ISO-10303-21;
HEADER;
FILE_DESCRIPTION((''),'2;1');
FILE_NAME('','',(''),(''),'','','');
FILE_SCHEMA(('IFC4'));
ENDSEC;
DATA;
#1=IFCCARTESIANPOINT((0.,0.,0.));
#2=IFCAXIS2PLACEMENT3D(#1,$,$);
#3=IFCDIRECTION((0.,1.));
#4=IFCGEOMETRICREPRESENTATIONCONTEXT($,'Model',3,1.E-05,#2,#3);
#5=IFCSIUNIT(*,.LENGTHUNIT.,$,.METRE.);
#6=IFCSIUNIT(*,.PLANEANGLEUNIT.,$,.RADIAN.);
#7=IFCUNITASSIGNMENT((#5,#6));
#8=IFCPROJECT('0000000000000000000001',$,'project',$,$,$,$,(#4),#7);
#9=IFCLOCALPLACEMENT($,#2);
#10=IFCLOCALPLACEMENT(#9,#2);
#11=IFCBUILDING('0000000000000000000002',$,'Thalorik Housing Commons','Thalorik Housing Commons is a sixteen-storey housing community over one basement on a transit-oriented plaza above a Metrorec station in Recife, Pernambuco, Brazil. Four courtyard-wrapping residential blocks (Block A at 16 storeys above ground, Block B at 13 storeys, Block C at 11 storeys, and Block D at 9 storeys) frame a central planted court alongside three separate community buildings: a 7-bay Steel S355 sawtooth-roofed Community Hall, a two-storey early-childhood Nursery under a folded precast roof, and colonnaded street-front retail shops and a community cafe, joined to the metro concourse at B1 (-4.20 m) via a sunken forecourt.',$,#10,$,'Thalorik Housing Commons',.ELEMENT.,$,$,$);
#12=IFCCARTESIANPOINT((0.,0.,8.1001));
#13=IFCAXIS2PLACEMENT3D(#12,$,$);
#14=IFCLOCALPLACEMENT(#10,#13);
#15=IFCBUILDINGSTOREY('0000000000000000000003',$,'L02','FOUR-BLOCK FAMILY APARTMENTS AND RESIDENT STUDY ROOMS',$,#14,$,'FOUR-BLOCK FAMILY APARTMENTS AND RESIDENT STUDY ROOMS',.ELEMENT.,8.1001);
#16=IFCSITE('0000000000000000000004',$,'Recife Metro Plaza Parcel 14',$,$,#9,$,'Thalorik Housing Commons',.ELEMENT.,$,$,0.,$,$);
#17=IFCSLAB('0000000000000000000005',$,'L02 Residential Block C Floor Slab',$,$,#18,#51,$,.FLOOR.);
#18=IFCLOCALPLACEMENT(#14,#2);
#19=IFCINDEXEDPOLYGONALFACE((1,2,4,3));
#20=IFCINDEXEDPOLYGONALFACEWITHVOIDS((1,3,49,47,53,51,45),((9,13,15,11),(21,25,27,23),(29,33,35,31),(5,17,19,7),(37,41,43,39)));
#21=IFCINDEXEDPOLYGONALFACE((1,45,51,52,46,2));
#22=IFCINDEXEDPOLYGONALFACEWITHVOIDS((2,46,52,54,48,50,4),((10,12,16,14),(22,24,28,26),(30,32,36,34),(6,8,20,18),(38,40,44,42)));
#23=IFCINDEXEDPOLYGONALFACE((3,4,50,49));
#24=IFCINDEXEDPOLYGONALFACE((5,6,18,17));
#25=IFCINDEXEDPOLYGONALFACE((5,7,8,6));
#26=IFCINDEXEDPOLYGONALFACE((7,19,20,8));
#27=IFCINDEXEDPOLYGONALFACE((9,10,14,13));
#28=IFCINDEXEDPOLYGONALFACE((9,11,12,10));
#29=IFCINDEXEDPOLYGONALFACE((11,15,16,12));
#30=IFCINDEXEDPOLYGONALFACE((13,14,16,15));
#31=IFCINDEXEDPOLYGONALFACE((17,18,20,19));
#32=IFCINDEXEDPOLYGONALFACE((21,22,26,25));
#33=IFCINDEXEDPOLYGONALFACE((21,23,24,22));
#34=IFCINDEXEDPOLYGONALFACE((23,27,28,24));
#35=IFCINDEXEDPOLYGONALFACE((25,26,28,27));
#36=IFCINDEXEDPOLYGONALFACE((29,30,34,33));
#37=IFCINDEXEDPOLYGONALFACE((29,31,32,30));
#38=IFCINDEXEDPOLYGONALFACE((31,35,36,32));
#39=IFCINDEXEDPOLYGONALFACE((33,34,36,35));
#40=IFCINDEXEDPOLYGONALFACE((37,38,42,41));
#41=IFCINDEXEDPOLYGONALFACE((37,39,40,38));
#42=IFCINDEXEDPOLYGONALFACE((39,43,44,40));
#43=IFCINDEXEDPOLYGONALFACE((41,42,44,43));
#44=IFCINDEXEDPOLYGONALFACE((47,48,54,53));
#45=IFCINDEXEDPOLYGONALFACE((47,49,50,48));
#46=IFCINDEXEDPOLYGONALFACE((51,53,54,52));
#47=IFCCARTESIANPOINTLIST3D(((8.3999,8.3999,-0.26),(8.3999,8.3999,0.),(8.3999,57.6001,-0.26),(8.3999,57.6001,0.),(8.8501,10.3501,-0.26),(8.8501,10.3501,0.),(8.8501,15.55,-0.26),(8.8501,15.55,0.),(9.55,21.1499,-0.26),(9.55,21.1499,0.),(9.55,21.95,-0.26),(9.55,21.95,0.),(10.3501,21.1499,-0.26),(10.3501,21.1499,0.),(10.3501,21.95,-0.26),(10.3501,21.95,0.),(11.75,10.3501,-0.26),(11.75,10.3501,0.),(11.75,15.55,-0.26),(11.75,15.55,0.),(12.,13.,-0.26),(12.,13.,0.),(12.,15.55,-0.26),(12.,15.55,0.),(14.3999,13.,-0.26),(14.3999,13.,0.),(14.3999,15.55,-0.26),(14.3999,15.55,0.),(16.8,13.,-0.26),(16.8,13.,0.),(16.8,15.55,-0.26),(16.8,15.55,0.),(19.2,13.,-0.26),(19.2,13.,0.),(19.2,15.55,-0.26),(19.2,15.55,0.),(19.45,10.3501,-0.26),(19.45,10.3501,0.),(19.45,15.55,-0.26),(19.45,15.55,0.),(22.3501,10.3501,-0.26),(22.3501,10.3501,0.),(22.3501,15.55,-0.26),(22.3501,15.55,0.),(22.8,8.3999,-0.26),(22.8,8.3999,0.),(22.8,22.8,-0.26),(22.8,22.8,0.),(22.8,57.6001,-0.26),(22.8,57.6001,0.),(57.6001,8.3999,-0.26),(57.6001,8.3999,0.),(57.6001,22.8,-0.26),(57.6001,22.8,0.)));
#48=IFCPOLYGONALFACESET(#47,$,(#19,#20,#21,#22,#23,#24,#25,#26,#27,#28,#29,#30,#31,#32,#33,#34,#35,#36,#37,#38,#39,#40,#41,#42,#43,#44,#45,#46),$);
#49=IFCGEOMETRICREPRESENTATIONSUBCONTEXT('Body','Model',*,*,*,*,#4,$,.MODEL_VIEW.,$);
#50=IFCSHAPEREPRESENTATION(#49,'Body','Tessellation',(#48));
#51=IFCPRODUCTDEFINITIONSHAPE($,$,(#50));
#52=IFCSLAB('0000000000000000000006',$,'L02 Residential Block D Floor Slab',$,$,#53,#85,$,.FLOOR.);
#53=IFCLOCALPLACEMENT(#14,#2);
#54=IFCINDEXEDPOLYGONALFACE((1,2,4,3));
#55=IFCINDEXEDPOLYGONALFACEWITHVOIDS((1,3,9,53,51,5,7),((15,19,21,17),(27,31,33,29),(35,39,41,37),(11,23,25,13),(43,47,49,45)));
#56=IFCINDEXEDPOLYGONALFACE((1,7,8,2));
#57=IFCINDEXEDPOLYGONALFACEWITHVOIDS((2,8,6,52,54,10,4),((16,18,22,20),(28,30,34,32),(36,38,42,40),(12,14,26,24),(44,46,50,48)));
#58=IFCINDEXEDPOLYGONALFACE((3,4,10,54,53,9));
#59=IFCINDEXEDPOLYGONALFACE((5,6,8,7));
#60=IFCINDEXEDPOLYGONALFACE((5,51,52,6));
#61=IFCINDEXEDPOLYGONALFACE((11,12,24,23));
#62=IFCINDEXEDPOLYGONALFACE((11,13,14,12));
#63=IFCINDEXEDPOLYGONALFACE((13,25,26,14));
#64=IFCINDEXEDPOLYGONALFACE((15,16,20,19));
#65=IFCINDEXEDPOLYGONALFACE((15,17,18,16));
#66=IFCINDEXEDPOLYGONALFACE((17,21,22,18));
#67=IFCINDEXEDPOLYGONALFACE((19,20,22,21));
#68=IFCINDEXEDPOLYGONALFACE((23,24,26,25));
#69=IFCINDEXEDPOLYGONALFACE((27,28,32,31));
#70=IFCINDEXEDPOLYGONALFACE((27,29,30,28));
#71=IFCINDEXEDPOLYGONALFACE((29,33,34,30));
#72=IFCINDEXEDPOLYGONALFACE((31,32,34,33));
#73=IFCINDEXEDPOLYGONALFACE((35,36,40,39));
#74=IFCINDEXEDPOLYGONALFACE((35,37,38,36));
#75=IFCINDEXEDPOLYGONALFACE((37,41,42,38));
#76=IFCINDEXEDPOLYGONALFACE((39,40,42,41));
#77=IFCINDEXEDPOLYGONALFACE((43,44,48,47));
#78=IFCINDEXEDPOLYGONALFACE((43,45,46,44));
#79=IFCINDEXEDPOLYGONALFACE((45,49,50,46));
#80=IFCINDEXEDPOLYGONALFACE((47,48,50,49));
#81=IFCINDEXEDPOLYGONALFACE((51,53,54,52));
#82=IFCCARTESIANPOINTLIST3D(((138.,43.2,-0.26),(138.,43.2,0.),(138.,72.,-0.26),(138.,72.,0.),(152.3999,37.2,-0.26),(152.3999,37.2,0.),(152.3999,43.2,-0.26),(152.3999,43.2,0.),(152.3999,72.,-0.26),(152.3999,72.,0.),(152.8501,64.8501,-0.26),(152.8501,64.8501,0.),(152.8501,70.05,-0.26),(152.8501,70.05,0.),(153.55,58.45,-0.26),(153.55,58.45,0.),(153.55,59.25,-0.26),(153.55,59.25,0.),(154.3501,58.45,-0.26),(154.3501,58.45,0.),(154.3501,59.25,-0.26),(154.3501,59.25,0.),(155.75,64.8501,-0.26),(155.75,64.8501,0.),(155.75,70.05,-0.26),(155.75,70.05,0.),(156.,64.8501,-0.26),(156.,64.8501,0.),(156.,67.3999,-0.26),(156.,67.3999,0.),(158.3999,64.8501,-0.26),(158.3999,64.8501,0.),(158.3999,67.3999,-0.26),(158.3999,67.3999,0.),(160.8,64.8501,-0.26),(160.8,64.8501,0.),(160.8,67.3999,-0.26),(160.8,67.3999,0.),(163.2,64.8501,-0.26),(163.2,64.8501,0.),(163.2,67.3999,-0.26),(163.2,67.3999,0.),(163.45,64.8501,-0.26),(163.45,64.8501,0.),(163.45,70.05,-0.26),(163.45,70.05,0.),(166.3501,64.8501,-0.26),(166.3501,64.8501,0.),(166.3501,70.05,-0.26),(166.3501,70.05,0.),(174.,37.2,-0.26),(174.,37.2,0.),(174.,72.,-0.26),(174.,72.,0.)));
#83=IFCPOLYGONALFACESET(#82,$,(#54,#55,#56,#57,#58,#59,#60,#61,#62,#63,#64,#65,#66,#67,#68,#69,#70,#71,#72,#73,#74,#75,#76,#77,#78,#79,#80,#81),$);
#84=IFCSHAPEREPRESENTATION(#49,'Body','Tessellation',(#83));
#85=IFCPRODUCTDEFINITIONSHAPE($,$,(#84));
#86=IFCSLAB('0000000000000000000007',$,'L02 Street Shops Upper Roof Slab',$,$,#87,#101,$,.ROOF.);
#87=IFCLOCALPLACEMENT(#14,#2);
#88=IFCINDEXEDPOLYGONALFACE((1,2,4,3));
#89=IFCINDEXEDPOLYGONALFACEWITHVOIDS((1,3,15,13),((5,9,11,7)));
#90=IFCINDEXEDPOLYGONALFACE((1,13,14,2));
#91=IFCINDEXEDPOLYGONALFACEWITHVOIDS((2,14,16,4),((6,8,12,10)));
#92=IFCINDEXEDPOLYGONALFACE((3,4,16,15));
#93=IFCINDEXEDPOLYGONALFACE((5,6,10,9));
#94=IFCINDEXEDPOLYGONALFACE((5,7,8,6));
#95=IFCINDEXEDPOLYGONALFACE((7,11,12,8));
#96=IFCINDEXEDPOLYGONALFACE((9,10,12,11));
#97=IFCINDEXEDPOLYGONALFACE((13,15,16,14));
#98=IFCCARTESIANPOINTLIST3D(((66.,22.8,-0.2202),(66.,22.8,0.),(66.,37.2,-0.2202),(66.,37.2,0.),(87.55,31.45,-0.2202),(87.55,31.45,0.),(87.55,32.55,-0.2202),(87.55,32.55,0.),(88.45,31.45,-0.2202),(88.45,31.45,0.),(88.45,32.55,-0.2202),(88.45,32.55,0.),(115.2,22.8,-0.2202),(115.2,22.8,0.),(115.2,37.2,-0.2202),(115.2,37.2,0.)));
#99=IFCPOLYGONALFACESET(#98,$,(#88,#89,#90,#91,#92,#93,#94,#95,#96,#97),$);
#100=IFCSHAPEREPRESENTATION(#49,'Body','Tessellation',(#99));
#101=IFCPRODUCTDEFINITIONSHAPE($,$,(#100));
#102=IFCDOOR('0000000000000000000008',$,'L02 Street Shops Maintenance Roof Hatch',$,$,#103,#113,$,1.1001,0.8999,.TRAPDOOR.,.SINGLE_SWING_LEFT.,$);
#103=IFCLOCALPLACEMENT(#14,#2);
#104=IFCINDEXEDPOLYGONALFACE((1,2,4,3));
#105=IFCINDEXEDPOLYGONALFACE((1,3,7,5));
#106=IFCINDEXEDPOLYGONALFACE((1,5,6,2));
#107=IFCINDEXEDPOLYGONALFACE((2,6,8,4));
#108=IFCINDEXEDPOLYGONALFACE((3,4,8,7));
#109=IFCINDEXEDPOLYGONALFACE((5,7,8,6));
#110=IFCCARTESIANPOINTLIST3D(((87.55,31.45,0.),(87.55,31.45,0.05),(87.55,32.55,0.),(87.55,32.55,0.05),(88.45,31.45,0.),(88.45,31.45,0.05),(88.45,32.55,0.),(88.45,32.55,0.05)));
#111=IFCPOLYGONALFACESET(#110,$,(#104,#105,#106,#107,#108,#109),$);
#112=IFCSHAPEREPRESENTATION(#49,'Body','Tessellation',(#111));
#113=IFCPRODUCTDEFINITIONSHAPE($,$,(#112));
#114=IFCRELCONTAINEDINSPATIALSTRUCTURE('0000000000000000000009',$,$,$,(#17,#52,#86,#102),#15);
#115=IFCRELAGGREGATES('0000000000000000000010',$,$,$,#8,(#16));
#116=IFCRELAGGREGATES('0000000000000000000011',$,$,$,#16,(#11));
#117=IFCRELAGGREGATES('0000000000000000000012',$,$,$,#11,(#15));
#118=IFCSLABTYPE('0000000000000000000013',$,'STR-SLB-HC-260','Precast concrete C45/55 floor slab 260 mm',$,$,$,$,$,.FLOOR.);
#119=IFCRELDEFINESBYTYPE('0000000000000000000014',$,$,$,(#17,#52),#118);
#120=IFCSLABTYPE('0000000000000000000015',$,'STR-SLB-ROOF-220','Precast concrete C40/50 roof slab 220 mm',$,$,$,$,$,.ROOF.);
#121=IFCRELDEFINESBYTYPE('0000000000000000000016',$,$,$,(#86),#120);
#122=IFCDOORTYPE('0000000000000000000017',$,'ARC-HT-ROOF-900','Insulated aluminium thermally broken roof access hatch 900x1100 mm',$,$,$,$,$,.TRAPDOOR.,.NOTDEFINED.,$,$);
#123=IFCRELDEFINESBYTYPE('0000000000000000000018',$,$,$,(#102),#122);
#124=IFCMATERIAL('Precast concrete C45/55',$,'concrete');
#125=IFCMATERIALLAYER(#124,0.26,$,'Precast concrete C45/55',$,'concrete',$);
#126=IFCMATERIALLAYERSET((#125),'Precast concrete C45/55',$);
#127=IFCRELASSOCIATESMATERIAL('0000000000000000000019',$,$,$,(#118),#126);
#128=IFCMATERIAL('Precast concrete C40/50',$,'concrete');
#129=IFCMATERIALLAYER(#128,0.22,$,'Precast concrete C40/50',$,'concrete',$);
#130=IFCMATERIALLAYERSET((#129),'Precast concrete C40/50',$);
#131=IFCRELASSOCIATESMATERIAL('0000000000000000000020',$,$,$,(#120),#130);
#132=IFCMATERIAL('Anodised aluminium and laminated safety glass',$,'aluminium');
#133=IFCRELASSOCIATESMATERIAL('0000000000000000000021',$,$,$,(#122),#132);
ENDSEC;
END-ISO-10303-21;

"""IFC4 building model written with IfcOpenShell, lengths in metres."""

from ifc_helpers import new_model, si_unit, direction, frame, origin, origin_2d, place, context, subcontext, project, spatial, polyline, rectangle, outline, extrude, material, layer, layer_set, type_object, element, fill, save


model = new_model("IFC4")

# Units and contexts
model_context = context("Model", 3, precision=1e-05, world=origin(), true_north=direction((0.0, 1.0)))
body_context = subcontext(model_context, "Body", "Model", "MODEL_VIEW")
ifc_project = project(units=[si_unit("LENGTHUNIT", "METRE"), si_unit("PLANEANGLEUNIT", "RADIAN")], contexts=[model_context])

# Site, building, storey
site_placement = place(None, origin())
site = spatial("IfcSite", under=ifc_project, at=site_placement, Name="Recife Metro Plaza Parcel 14", LongName="Thalorik Housing Commons", CompositionType="ELEMENT", RefElevation=0.0)
building_placement = place(site_placement, origin())
building = spatial("IfcBuilding", under=site, at=building_placement, Name="Thalorik Housing Commons", Description="Thalorik Housing Commons is a sixteen-storey housing community over one basement on a transit-oriented plaza above a Metrorec station in Recife, Pernambuco, Brazil. Four courtyard-wrapping residential blocks (Block A at 16 storeys above ground, Block B at 13 storeys, Block C at 11 storeys, and Block D at 9 storeys) frame a central planted court alongside three separate community buildings: a 7-bay Steel S355 sawtooth-roofed Community Hall, a two-storey early-childhood Nursery under a folded precast roof, and colonnaded street-front retail shops and a community cafe, joined to the metro concourse at B1 (-4.20 m) via a sunken forecourt.", LongName="Thalorik Housing Commons", CompositionType="ELEMENT")
storey_placement = place(building_placement, frame((0.0, 0.0, 8.1001)))
storey = spatial("IfcBuildingStorey", under=building, at=storey_placement, Name="L02", Description="FOUR-BLOCK FAMILY APARTMENTS AND RESIDENT STUDY ROOMS", LongName="FOUR-BLOCK FAMILY APARTMENTS AND RESIDENT STUDY ROOMS", CompositionType="ELEMENT", Elevation=8.1001)

# Slabs
ifc_material_1 = material(Name="Precast concrete C40/50", Category="concrete")
ifc_material_2 = material(Name="Precast concrete C45/55", Category="concrete")
ifc_layer_1 = layer(ifc_material_2, 0.26, Name="Precast concrete C45/55", Category="concrete")
ifc_layer_set_1 = layer_set([ifc_layer_1], Name="Precast concrete C45/55")
slab_type_1 = type_object("IfcSlabType", Name="STR-SLB-HC-260", Description="Precast concrete C45/55 floor slab 260 mm", PredefinedType="FLOOR", material=ifc_layer_set_1)
slab_1_placement = place(storey_placement, frame((0.0, 0.0, -0.26)))
element("IfcSlab", 1, at=slab_1_placement, inside=storey, type_object=slab_type_1, Name="L02 Residential Block C Floor Slab", PredefinedType="FLOOR", context=body_context, shape_type="SweptSolid", body=[
    extrude(outline(polyline([(8.3999, 8.3999), (22.8, 8.3999), (57.6001, 8.3999), (57.6001, 22.8), (22.8, 22.8), (22.8, 57.6001), (8.3999, 57.6001), (8.3999, 8.3999)]), holes=[polyline([(11.75, 10.3501), (8.8501, 10.3501), (8.8501, 15.55), (11.75, 15.55), (11.75, 10.3501)]), polyline([(19.45, 10.3501), (19.45, 15.55), (22.3501, 15.55), (22.3501, 10.3501), (19.45, 10.3501)]), polyline([(14.3999, 15.55), (14.3999, 13.0), (12.0, 13.0), (12.0, 15.55), (14.3999, 15.55)]), polyline([(19.2, 13.0), (16.8, 13.0), (16.8, 15.55), (19.2, 15.55), (19.2, 13.0)]), polyline([(9.55, 21.1499), (9.55, 21.95), (10.3501, 21.95), (10.3501, 21.1499), (9.55, 21.1499)])]), origin(), (0.0, 0.0, 1.0), 0.26),
])
slab_2_placement = place(storey_placement, frame((0.0, 0.0, -0.26)))
element("IfcSlab", 2, at=slab_2_placement, inside=storey, type_object=slab_type_1, Name="L02 Residential Block D Floor Slab", PredefinedType="FLOOR", context=body_context, shape_type="SweptSolid", body=[
    extrude(outline(polyline([(152.3999, 43.2), (152.3999, 37.2), (174.0, 37.2), (174.0, 72.0), (152.3999, 72.0), (138.0, 72.0), (138.0, 43.2), (152.3999, 43.2)]), holes=[polyline([(152.8501, 70.05), (155.75, 70.05), (155.75, 64.8501), (152.8501, 64.8501), (152.8501, 70.05)]), polyline([(166.3501, 70.05), (166.3501, 64.8501), (163.45, 64.8501), (163.45, 70.05), (166.3501, 70.05)]), polyline([(158.3999, 67.3999), (158.3999, 64.8501), (156.0, 64.8501), (156.0, 67.3999), (158.3999, 67.3999)]), polyline([(163.2, 64.8501), (160.8, 64.8501), (160.8, 67.3999), (163.2, 67.3999), (163.2, 64.8501)]), polyline([(153.55, 58.45), (153.55, 59.25), (154.3501, 59.25), (154.3501, 58.45), (153.55, 58.45)])]), origin(), (0.0, 0.0, 1.0), 0.26),
])

# Slab, opening, door
ifc_layer_2 = layer(ifc_material_1, 0.22, Name="Precast concrete C40/50", Category="concrete")
ifc_layer_set_2 = layer_set([ifc_layer_2], Name="Precast concrete C40/50")
slab_type_2 = type_object("IfcSlabType", Name="STR-SLB-ROOF-220", Description="Precast concrete C40/50 roof slab 220 mm", PredefinedType="ROOF", material=ifc_layer_set_2)
slab_3_placement = place(storey_placement, frame((0.0, 0.0, -0.2202)))
slab_3 = element("IfcSlab", 3, at=slab_3_placement, inside=storey, type_object=slab_type_2, Name="L02 Street Shops Upper Roof Slab", PredefinedType="ROOF", context=body_context, shape_type="SweptSolid", body=[
    extrude(outline(polyline([(66.0, 22.8), (115.2, 22.8), (115.2, 37.2), (66.0, 37.2), (66.0, 22.8)])), origin(), (0.0, 0.0, 1.0), 0.2202),
])
opening_placement = place(slab_3_placement, frame((88.0, 32.0, -0.01)))
opening = element("IfcOpeningElement", 4, at=opening_placement, cuts=slab_3, PredefinedType="OPENING", context=body_context, shape_type="SweptSolid", body=[
    extrude(rectangle(XDim=0.8999, YDim=1.1001, at=origin_2d()), origin(), (0.0, 0.0, 1.0), 0.2903),
])
ifc_material_3 = material(Name="Anodised aluminium and laminated safety glass", Category="aluminium")
door_type = type_object("IfcDoorType", Name="ARC-HT-ROOF-900", Description="Insulated aluminium thermally broken roof access hatch 900x1100 mm", OperationType="NOTDEFINED", PredefinedType="TRAPDOOR", material=ifc_material_3)
door_placement = place(opening_placement, frame((0.0, 0.0, 0.2302)))
door = element("IfcDoor", 5, at=door_placement, inside=storey, type_object=door_type, Name="L02 Street Shops Maintenance Roof Hatch", OperationType="SINGLE_SWING_LEFT", OverallHeight=1.1001, OverallWidth=0.8999, PredefinedType="TRAPDOOR", context=body_context, shape_type="SweptSolid", body=[
    extrude(rectangle(XDim=0.8999, YDim=1.1001, at=origin_2d()), origin(), (0.0, 0.0, 1.0), 0.05),
])
fill(opening, door)

save(model, "model.ifc")
